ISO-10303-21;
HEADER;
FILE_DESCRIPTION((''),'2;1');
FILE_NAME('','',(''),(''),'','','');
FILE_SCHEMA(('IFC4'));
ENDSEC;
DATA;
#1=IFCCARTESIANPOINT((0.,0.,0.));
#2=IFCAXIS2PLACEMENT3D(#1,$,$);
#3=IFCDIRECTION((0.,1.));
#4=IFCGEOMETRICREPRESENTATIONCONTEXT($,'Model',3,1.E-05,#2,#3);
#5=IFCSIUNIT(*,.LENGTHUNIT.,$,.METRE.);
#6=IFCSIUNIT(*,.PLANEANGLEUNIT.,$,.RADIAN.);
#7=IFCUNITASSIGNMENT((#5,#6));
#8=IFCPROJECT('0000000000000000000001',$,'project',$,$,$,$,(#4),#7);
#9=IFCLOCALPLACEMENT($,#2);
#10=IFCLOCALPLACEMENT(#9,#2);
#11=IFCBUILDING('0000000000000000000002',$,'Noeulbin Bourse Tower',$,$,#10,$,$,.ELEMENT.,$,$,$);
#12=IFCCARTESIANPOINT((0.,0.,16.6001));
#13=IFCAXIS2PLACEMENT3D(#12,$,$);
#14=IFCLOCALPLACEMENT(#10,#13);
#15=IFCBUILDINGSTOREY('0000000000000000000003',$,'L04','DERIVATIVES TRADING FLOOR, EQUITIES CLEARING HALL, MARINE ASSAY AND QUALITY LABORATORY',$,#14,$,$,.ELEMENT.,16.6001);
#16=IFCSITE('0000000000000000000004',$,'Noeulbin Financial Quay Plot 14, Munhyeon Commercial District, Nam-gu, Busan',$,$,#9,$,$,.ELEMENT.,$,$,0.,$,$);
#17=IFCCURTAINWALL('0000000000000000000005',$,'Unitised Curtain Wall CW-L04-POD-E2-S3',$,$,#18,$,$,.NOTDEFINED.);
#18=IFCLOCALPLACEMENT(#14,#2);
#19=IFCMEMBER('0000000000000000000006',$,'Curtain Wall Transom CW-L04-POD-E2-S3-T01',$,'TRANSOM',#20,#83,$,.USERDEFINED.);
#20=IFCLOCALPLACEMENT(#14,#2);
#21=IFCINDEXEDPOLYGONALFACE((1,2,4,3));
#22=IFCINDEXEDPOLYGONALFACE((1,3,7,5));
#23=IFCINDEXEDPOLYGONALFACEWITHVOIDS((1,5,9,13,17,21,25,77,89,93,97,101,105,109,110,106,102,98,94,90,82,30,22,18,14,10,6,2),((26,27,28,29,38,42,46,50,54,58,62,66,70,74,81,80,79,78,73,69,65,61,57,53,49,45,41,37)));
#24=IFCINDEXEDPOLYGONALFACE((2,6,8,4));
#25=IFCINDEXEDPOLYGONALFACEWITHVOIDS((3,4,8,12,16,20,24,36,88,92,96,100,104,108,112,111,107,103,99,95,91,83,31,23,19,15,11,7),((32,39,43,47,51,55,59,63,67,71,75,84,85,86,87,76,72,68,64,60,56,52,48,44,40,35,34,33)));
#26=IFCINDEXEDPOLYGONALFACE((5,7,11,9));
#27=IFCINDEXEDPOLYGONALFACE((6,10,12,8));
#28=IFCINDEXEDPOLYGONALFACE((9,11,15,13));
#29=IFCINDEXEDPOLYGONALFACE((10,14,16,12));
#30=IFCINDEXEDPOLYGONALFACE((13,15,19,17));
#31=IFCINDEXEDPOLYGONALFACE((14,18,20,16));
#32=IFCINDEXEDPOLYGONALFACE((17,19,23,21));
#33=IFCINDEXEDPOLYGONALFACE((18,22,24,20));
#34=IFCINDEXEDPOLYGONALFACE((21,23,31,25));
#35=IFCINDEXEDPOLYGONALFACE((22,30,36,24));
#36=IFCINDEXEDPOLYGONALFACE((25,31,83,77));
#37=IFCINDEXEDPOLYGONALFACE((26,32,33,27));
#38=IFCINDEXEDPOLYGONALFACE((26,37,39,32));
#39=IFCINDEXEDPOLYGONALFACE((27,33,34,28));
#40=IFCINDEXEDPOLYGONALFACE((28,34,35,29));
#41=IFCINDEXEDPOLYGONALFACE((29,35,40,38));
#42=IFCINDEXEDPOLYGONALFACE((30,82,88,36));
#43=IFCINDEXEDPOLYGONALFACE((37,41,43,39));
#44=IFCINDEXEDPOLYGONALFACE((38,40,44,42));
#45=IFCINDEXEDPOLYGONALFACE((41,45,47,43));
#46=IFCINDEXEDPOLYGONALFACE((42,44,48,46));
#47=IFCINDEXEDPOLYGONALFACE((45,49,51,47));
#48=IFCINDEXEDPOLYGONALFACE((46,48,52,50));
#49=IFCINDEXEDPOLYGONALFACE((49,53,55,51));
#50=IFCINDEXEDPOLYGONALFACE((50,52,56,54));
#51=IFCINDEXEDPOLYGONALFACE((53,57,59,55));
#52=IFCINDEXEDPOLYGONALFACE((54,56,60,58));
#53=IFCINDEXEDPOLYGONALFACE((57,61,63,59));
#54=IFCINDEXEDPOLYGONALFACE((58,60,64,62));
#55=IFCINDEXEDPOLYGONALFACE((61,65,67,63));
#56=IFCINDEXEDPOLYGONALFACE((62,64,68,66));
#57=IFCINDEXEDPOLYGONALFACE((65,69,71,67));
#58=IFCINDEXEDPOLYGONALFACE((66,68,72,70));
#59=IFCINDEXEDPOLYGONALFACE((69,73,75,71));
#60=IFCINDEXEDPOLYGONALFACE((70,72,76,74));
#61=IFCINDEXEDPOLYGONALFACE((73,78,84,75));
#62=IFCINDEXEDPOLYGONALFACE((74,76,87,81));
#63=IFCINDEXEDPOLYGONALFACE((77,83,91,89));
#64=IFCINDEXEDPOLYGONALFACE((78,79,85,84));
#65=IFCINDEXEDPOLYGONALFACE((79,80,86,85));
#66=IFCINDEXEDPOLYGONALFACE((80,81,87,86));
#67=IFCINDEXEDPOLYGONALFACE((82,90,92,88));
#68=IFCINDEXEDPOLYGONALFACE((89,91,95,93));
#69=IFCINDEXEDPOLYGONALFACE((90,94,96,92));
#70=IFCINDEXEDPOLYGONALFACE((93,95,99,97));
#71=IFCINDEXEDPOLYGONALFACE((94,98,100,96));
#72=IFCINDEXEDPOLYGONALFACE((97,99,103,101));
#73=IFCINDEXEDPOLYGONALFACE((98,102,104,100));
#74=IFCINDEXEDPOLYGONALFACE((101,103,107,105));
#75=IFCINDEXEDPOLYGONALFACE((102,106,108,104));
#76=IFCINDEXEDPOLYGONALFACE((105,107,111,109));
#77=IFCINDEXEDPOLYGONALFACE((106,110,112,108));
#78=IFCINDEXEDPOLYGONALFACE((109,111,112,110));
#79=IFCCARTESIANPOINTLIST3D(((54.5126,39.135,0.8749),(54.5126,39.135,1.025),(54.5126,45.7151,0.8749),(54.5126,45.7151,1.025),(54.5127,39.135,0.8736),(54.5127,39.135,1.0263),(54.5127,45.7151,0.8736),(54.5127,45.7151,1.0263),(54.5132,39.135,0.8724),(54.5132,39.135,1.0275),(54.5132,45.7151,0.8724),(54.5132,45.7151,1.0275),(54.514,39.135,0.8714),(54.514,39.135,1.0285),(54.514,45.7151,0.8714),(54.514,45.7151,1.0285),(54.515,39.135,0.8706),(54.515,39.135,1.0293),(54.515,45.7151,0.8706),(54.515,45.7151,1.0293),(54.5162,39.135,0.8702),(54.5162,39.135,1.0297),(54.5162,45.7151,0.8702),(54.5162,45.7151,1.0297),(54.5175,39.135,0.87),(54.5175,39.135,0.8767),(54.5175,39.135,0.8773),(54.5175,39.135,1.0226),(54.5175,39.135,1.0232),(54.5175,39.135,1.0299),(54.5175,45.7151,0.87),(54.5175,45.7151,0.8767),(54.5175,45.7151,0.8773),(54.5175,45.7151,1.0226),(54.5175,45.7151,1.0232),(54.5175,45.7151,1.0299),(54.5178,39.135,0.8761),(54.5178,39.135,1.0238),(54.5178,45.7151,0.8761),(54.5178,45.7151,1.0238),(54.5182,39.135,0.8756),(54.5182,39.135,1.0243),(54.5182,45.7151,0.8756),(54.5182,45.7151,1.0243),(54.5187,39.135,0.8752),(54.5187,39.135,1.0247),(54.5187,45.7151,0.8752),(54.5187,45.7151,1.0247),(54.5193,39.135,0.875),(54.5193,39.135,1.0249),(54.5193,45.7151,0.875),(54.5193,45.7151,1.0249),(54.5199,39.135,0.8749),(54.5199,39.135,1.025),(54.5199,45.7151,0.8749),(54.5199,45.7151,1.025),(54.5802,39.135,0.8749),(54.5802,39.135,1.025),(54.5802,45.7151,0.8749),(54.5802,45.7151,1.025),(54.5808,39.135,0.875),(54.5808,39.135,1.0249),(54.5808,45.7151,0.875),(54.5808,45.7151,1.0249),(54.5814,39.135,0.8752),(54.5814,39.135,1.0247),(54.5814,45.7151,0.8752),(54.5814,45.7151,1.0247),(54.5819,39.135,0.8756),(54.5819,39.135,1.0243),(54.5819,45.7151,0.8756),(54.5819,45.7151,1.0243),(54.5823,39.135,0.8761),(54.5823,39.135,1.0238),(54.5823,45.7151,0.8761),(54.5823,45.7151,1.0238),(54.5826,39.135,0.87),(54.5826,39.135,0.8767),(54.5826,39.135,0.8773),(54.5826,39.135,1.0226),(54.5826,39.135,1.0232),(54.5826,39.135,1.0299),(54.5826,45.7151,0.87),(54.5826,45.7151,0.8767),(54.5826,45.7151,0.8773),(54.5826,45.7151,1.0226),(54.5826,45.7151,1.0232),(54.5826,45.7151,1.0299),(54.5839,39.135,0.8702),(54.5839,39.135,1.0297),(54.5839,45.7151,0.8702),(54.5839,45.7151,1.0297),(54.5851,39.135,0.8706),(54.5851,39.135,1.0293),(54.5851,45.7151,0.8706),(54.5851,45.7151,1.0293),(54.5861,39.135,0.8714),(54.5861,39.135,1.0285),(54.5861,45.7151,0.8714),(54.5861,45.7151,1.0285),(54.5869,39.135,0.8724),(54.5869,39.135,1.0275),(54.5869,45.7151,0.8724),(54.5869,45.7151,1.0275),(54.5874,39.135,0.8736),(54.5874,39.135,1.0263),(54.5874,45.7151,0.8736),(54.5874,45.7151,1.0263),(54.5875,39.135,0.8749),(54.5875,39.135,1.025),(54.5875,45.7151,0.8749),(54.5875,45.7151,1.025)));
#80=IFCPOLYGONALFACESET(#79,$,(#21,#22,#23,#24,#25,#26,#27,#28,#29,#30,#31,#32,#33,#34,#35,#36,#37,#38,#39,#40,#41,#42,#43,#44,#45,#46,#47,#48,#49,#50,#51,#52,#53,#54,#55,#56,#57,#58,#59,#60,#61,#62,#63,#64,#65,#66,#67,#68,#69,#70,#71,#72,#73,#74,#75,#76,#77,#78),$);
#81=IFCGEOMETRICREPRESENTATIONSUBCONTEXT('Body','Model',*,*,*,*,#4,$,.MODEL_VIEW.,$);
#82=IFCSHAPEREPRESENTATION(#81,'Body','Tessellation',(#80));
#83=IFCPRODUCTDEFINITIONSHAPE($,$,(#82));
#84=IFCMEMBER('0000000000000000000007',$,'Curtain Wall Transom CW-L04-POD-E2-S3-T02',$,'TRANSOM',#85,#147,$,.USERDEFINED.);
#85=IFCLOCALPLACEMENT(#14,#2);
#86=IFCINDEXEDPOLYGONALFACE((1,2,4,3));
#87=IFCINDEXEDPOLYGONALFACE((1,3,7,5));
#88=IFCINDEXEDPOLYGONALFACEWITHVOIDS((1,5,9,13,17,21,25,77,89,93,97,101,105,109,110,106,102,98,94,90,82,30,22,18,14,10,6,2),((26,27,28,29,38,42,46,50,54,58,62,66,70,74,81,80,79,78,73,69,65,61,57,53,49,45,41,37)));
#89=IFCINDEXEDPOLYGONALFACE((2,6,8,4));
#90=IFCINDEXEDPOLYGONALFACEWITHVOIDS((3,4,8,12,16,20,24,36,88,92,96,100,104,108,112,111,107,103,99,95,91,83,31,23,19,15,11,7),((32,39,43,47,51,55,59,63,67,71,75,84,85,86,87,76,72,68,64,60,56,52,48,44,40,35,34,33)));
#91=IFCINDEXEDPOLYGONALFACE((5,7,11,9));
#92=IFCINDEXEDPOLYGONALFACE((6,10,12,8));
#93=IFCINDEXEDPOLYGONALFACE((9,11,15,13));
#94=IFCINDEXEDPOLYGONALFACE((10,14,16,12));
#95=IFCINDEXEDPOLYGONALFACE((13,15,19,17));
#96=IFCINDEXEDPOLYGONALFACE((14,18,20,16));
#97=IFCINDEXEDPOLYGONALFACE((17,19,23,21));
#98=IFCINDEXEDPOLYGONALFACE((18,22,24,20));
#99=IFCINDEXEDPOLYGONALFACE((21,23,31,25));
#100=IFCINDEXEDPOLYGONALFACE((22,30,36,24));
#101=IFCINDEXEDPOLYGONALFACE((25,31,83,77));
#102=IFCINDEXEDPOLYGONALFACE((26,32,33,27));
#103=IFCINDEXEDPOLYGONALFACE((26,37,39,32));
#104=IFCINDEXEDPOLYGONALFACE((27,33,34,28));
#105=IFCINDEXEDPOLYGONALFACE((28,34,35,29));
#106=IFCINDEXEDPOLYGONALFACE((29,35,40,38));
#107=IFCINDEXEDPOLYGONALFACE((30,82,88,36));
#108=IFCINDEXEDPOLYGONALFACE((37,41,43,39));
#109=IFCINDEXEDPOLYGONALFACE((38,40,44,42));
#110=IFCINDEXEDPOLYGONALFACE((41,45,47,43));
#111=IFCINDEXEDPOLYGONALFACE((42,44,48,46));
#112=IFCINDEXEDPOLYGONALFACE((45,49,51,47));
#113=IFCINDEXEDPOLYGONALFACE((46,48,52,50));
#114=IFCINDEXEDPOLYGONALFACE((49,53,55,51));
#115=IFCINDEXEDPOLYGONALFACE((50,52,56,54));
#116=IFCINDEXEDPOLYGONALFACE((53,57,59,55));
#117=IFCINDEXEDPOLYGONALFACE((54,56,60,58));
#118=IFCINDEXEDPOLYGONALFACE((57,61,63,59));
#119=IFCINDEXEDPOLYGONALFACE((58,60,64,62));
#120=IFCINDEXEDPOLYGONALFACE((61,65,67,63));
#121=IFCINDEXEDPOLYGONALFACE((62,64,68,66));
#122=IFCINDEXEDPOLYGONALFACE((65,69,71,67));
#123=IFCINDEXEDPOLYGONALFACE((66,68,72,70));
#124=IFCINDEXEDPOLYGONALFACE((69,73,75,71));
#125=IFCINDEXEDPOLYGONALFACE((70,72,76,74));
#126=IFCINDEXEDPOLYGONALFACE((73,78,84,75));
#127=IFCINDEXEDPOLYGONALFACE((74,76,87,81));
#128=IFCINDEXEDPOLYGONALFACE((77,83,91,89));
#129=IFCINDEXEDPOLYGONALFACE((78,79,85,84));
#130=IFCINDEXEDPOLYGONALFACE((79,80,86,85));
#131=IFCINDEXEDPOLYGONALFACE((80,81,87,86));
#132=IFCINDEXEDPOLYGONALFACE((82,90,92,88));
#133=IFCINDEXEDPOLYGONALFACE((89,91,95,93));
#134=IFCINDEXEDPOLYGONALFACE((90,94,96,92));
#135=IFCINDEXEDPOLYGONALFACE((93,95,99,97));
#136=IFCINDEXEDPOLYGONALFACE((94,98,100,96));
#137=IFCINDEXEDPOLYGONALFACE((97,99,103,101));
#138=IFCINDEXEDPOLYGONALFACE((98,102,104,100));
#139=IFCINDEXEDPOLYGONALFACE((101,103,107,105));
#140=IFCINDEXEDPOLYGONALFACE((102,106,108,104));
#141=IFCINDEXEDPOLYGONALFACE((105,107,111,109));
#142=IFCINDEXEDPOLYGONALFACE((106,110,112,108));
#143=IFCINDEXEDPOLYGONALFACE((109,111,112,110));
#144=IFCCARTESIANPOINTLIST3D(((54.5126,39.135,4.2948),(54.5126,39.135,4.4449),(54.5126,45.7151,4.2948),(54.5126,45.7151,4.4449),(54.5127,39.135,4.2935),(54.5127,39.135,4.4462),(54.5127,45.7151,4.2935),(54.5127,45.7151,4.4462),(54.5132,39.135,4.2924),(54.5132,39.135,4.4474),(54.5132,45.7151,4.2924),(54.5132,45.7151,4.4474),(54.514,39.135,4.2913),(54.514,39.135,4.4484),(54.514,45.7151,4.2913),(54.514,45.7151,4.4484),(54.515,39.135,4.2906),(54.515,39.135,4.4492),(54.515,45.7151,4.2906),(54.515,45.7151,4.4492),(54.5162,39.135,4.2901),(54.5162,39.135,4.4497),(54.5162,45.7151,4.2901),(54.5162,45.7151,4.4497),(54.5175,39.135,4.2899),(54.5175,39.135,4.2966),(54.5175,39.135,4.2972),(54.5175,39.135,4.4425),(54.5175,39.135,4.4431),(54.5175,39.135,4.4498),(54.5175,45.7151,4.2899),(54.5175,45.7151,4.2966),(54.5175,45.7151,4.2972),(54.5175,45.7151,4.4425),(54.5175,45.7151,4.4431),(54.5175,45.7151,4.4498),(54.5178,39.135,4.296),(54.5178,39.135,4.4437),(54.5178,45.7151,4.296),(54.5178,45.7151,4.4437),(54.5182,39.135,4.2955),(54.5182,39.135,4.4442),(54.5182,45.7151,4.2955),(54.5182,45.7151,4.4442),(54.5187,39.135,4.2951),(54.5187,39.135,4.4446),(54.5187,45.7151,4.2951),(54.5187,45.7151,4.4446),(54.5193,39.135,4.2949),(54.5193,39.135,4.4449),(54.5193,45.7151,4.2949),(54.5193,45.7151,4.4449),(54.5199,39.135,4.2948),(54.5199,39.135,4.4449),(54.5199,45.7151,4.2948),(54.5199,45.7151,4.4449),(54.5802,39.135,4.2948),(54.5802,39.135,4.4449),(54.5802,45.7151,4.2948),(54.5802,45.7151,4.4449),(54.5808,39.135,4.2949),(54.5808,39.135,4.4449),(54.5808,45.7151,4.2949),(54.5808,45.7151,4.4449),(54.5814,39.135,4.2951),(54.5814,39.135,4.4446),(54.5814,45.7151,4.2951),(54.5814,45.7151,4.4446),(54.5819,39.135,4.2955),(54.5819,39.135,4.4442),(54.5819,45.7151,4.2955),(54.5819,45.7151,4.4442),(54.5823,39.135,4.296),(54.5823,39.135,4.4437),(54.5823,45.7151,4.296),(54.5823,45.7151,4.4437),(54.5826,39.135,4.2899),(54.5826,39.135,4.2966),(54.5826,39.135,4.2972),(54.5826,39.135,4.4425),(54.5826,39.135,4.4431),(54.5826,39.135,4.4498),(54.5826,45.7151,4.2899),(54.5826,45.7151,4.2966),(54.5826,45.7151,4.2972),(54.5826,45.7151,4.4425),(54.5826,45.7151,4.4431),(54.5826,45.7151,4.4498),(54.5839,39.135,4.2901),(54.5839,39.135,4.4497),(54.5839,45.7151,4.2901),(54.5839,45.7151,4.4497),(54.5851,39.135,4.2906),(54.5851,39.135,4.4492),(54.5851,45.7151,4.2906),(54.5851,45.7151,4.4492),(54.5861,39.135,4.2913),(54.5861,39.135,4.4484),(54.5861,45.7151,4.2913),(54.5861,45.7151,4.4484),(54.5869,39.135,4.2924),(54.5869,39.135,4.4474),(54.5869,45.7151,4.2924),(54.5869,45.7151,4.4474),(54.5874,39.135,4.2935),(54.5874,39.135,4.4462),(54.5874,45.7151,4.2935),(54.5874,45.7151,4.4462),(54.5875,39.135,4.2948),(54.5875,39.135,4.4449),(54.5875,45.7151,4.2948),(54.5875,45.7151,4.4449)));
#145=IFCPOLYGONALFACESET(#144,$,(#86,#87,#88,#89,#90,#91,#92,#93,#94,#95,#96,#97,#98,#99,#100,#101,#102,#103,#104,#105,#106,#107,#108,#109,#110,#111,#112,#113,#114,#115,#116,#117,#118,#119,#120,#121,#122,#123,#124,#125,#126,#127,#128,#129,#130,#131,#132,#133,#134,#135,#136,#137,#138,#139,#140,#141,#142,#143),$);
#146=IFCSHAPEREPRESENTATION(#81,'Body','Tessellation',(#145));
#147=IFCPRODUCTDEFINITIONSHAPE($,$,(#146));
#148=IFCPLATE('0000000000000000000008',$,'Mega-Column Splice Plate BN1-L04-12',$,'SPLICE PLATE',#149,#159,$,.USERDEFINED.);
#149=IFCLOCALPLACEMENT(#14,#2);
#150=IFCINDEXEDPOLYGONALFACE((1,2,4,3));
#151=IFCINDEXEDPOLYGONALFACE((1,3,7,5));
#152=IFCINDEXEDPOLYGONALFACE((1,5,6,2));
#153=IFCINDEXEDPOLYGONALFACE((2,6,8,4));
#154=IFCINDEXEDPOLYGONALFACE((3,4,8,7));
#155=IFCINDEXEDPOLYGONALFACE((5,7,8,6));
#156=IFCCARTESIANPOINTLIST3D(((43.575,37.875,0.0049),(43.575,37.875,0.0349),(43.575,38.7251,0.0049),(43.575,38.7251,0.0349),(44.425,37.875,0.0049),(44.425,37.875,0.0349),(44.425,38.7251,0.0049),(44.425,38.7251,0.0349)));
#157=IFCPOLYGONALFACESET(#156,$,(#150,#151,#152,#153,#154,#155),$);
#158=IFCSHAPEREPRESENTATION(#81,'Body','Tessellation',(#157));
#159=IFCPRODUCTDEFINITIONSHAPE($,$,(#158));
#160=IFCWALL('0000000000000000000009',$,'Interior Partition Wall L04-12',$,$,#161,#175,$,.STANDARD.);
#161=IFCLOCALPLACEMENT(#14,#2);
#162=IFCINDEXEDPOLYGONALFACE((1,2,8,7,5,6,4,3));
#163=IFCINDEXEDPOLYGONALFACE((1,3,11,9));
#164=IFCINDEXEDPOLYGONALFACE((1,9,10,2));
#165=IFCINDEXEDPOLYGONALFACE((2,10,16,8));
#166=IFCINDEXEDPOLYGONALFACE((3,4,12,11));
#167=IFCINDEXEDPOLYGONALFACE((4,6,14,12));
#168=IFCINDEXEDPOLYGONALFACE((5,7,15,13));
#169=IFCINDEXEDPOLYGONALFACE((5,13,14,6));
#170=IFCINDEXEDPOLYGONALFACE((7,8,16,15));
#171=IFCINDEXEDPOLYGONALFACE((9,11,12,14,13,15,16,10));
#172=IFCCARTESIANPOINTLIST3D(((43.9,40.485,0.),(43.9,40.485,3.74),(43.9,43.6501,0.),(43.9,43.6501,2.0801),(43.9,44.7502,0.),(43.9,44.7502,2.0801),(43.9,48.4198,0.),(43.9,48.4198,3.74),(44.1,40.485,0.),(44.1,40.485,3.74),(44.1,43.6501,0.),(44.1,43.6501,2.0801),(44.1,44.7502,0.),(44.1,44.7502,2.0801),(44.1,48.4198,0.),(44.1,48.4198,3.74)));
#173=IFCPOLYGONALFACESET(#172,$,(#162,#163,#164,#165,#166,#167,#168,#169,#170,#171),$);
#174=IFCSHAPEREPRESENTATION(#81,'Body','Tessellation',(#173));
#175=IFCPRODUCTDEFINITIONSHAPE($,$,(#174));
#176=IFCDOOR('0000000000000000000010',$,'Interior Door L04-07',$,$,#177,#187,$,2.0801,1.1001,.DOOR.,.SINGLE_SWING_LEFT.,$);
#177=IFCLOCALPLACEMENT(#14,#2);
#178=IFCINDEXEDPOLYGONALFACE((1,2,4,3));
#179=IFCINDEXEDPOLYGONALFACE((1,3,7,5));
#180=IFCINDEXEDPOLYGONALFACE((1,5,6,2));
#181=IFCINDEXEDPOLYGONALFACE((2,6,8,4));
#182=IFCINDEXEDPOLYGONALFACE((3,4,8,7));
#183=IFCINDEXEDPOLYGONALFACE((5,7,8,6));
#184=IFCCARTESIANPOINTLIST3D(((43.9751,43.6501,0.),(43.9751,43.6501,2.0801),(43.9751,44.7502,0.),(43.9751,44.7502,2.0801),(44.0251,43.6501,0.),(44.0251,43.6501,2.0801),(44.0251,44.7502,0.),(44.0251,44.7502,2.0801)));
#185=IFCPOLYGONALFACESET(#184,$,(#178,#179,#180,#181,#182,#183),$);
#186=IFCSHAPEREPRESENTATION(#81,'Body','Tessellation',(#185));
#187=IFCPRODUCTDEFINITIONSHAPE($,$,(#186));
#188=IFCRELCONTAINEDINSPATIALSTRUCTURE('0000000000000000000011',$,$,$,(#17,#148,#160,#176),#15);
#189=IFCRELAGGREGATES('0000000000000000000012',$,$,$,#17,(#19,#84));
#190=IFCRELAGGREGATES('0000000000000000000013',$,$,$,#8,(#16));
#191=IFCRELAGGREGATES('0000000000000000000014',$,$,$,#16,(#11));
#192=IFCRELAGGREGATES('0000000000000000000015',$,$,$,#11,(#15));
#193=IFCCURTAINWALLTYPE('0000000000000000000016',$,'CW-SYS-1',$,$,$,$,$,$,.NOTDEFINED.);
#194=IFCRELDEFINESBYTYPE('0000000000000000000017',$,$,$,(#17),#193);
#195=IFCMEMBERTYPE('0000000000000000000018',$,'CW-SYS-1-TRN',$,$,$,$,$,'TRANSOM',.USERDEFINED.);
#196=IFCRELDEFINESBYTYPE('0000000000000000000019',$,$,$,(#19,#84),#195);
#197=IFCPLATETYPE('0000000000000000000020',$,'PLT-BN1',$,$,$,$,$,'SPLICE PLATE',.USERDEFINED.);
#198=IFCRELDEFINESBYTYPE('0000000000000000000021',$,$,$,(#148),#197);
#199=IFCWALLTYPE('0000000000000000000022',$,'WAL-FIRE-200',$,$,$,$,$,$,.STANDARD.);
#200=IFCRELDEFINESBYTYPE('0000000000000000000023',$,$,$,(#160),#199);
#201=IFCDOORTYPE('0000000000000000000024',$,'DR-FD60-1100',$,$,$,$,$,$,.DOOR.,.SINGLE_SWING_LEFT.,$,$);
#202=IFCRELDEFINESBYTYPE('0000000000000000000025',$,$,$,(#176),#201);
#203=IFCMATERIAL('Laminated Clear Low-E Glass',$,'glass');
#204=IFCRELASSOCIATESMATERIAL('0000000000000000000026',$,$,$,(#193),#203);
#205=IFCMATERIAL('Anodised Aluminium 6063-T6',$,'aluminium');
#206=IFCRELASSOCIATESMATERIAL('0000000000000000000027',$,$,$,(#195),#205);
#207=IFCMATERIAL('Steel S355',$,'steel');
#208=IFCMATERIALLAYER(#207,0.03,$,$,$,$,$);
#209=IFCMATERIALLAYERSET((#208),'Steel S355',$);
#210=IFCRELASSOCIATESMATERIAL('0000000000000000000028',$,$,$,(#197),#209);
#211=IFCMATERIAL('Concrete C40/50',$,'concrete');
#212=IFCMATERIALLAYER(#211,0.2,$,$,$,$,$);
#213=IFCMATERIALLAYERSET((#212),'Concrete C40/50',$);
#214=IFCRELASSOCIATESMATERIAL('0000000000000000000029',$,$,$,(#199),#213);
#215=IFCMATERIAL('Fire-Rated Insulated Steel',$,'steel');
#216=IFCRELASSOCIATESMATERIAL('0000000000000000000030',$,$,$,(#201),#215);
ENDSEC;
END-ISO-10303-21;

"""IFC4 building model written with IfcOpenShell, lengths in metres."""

from ifc_helpers import new_model, si_unit, direction, frame, frame_2d, origin, origin_2d, place, context, subcontext, project, spatial, rectangle, hollow_rectangle, extrude, material, layer, layer_set, material_profile, profile_set, type_object, element, fill, aggregate, save


model = new_model("IFC4")

# Units and contexts
model_context = context("Model", 3, precision=1e-05, world=origin(), true_north=direction((0.0, 1.0)))
body_context = subcontext(model_context, "Body", "Model", "MODEL_VIEW")
ifc_project = project(units=[si_unit("LENGTHUNIT", "METRE"), si_unit("PLANEANGLEUNIT", "RADIAN")], contexts=[model_context])

# Site, building, storey
site_placement = place(None, origin())
site = spatial("IfcSite", under=ifc_project, at=site_placement, Name="Noeulbin Financial Quay Plot 14, Munhyeon Commercial District, Nam-gu, Busan", CompositionType="ELEMENT", RefElevation=0.0)
building_placement = place(site_placement, origin())
building = spatial("IfcBuilding", under=site, at=building_placement, Name="Noeulbin Bourse Tower", CompositionType="ELEMENT")
storey_placement = place(building_placement, frame((0.0, 0.0, 16.6001)))
storey = spatial("IfcBuildingStorey", under=building, at=storey_placement, Name="L04", Description="DERIVATIVES TRADING FLOOR, EQUITIES CLEARING HALL, MARINE ASSAY AND QUALITY LABORATORY", CompositionType="ELEMENT", Elevation=16.6001)

# Shared definitions
ifc_material_1 = material(Name="Steel S355", Category="steel")

# Curtain wall, members
ifc_material_2 = material(Name="Laminated Clear Low-E Glass", Category="glass")
curtain_wall_type = type_object("IfcCurtainWallType", Name="CW-SYS-1", PredefinedType="NOTDEFINED", material=ifc_material_2)
curtain_wall_placement = place(storey_placement, origin())
curtain_wall = element("IfcCurtainWall", 1, at=curtain_wall_placement, inside=storey, type_object=curtain_wall_type, Name="Unitised Curtain Wall CW-L04-POD-E2-S3", PredefinedType="NOTDEFINED")
ifc_material_3 = material(Name="Anodised Aluminium 6063-T6", Category="aluminium")
ifc_material_profile_1 = material_profile(ifc_material_3, hollow_rectangle(XDim=0.075, YDim=0.1599, WallThickness=0.0049, InnerFilletRadius=0.0024, OuterFilletRadius=0.0049, at=origin_2d()), Name="ALU-TRAN-75x160x5", Category="LoadBearing")
ifc_profile_set_1 = profile_set([ifc_material_profile_1], Name="Anodised Aluminium 6063-T6")
member_type_1 = type_object("IfcMemberType", Name="CW-SYS-1-TRN", ElementType="TRANSOM", PredefinedType="USERDEFINED", material=ifc_profile_set_1)
member_1_placement = place(storey_placement, frame((54.55, 39.135, 0.95), z_axis=(0.0, 1.0, 0.0), x_axis=(-1.0, 0.0, 0.0)))
member_1 = element("IfcMember", 2, at=member_1_placement, type_object=member_type_1, Name="Curtain Wall Transom CW-L04-POD-E2-S3-T01", ObjectType="TRANSOM", PredefinedType="USERDEFINED", context=body_context, shape_type="SweptSolid", body=[
    extrude(hollow_rectangle(XDim=0.075, YDim=0.1599, WallThickness=0.0049, InnerFilletRadius=0.0024, OuterFilletRadius=0.0049, at=origin_2d()), origin(), (0.0, 0.0, 1.0), 6.5801),
])
member_2_placement = place(storey_placement, frame((54.55, 39.135, 4.3699), z_axis=(0.0, 1.0, 0.0), x_axis=(-1.0, 0.0, 0.0)))
member_2 = element("IfcMember", 3, at=member_2_placement, type_object=member_type_1, Name="Curtain Wall Transom CW-L04-POD-E2-S3-T02", ObjectType="TRANSOM", PredefinedType="USERDEFINED", context=body_context, shape_type="SweptSolid", body=[
    extrude(hollow_rectangle(XDim=0.075, YDim=0.1599, WallThickness=0.0049, InnerFilletRadius=0.0024, OuterFilletRadius=0.0049, at=origin_2d()), origin(), (0.0, 0.0, 1.0), 6.5801),
])
aggregate(curtain_wall, [member_1, member_2])

# Plate
ifc_layer_1 = layer(ifc_material_1, 0.03)
ifc_layer_set_1 = layer_set([ifc_layer_1], Name="Steel S355")
plate_type = type_object("IfcPlateType", Name="PLT-BN1", ElementType="SPLICE PLATE", PredefinedType="USERDEFINED", material=ifc_layer_set_1)
plate_placement = place(storey_placement, frame((44.0, 38.3, 0.0049), z_axis=(0.0, 0.0, 1.0), x_axis=(1.0, 0.0, 0.0)))
element("IfcPlate", 4, at=plate_placement, inside=storey, type_object=plate_type, Name="Mega-Column Splice Plate BN1-L04-12", ObjectType="SPLICE PLATE", PredefinedType="USERDEFINED", context=body_context, shape_type="SweptSolid", body=[
    extrude(rectangle(XDim=0.8501, YDim=0.8501, at=origin_2d()), origin(), (0.0, 0.0, 1.0), 0.03),
])

# Wall, opening, door
ifc_material_4 = material(Name="Concrete C40/50", Category="concrete")
ifc_layer_2 = layer(ifc_material_4, 0.2)
ifc_layer_set_2 = layer_set([ifc_layer_2], Name="Concrete C40/50")
wall_type_1 = type_object("IfcWallType", Name="WAL-FIRE-200", PredefinedType="STANDARD", material=ifc_layer_set_2)
wall_1_placement = place(storey_placement, frame((44.0, 40.4851, 0.0), z_axis=(0.0, 0.0, 1.0), x_axis=(0.0, 1.0, 0.0)))
wall_1 = element("IfcWall", 5, at=wall_1_placement, inside=storey, type_object=wall_type_1, Name="Interior Partition Wall L04-12", PredefinedType="STANDARD", context=body_context, shape_type="SweptSolid", body=[
    extrude(rectangle(XDim=7.9348, YDim=0.2, at=frame_2d((3.9673, 0.0))), origin(), (0.0, 0.0, 1.0), 3.74),
])
opening_placement = place(wall_1_placement, frame((3.165, 0.0, 0.0)))
opening = element("IfcOpeningElement", 6, at=opening_placement, cuts=wall_1, PredefinedType="OPENING", context=body_context, shape_type="SweptSolid", body=[
    extrude(rectangle(XDim=1.1001, YDim=2.0801, at=frame_2d((0.55, 1.04))), frame((0.0, 0.1099, 0.0), z_axis=(0.0, -1.0, 0.0), x_axis=(1.0, 0.0, 0.0)), (0.0, 0.0, 1.0), 0.22),
])
ifc_material_5 = material(Name="Fire-Rated Insulated Steel", Category="steel")
door_type = type_object("IfcDoorType", Name="DR-FD60-1100", OperationType="SINGLE_SWING_LEFT", PredefinedType="DOOR", material=ifc_material_5)
door_placement = place(opening_placement, origin())
door = element("IfcDoor", 7, at=door_placement, inside=storey, type_object=door_type, Name="Interior Door L04-07", OperationType="SINGLE_SWING_LEFT", OverallHeight=2.0801, OverallWidth=1.1001, PredefinedType="DOOR", context=body_context, shape_type="SweptSolid", body=[
    extrude(rectangle(XDim=1.1001, YDim=2.0801, at=frame_2d((0.55, 1.04))), frame((0.0, 0.0249, 0.0), z_axis=(0.0, -1.0, 0.0), x_axis=(1.0, 0.0, 0.0)), (0.0, 0.0, 1.0), 0.05),
])
fill(opening, door)

save(model, "model.ifc")
